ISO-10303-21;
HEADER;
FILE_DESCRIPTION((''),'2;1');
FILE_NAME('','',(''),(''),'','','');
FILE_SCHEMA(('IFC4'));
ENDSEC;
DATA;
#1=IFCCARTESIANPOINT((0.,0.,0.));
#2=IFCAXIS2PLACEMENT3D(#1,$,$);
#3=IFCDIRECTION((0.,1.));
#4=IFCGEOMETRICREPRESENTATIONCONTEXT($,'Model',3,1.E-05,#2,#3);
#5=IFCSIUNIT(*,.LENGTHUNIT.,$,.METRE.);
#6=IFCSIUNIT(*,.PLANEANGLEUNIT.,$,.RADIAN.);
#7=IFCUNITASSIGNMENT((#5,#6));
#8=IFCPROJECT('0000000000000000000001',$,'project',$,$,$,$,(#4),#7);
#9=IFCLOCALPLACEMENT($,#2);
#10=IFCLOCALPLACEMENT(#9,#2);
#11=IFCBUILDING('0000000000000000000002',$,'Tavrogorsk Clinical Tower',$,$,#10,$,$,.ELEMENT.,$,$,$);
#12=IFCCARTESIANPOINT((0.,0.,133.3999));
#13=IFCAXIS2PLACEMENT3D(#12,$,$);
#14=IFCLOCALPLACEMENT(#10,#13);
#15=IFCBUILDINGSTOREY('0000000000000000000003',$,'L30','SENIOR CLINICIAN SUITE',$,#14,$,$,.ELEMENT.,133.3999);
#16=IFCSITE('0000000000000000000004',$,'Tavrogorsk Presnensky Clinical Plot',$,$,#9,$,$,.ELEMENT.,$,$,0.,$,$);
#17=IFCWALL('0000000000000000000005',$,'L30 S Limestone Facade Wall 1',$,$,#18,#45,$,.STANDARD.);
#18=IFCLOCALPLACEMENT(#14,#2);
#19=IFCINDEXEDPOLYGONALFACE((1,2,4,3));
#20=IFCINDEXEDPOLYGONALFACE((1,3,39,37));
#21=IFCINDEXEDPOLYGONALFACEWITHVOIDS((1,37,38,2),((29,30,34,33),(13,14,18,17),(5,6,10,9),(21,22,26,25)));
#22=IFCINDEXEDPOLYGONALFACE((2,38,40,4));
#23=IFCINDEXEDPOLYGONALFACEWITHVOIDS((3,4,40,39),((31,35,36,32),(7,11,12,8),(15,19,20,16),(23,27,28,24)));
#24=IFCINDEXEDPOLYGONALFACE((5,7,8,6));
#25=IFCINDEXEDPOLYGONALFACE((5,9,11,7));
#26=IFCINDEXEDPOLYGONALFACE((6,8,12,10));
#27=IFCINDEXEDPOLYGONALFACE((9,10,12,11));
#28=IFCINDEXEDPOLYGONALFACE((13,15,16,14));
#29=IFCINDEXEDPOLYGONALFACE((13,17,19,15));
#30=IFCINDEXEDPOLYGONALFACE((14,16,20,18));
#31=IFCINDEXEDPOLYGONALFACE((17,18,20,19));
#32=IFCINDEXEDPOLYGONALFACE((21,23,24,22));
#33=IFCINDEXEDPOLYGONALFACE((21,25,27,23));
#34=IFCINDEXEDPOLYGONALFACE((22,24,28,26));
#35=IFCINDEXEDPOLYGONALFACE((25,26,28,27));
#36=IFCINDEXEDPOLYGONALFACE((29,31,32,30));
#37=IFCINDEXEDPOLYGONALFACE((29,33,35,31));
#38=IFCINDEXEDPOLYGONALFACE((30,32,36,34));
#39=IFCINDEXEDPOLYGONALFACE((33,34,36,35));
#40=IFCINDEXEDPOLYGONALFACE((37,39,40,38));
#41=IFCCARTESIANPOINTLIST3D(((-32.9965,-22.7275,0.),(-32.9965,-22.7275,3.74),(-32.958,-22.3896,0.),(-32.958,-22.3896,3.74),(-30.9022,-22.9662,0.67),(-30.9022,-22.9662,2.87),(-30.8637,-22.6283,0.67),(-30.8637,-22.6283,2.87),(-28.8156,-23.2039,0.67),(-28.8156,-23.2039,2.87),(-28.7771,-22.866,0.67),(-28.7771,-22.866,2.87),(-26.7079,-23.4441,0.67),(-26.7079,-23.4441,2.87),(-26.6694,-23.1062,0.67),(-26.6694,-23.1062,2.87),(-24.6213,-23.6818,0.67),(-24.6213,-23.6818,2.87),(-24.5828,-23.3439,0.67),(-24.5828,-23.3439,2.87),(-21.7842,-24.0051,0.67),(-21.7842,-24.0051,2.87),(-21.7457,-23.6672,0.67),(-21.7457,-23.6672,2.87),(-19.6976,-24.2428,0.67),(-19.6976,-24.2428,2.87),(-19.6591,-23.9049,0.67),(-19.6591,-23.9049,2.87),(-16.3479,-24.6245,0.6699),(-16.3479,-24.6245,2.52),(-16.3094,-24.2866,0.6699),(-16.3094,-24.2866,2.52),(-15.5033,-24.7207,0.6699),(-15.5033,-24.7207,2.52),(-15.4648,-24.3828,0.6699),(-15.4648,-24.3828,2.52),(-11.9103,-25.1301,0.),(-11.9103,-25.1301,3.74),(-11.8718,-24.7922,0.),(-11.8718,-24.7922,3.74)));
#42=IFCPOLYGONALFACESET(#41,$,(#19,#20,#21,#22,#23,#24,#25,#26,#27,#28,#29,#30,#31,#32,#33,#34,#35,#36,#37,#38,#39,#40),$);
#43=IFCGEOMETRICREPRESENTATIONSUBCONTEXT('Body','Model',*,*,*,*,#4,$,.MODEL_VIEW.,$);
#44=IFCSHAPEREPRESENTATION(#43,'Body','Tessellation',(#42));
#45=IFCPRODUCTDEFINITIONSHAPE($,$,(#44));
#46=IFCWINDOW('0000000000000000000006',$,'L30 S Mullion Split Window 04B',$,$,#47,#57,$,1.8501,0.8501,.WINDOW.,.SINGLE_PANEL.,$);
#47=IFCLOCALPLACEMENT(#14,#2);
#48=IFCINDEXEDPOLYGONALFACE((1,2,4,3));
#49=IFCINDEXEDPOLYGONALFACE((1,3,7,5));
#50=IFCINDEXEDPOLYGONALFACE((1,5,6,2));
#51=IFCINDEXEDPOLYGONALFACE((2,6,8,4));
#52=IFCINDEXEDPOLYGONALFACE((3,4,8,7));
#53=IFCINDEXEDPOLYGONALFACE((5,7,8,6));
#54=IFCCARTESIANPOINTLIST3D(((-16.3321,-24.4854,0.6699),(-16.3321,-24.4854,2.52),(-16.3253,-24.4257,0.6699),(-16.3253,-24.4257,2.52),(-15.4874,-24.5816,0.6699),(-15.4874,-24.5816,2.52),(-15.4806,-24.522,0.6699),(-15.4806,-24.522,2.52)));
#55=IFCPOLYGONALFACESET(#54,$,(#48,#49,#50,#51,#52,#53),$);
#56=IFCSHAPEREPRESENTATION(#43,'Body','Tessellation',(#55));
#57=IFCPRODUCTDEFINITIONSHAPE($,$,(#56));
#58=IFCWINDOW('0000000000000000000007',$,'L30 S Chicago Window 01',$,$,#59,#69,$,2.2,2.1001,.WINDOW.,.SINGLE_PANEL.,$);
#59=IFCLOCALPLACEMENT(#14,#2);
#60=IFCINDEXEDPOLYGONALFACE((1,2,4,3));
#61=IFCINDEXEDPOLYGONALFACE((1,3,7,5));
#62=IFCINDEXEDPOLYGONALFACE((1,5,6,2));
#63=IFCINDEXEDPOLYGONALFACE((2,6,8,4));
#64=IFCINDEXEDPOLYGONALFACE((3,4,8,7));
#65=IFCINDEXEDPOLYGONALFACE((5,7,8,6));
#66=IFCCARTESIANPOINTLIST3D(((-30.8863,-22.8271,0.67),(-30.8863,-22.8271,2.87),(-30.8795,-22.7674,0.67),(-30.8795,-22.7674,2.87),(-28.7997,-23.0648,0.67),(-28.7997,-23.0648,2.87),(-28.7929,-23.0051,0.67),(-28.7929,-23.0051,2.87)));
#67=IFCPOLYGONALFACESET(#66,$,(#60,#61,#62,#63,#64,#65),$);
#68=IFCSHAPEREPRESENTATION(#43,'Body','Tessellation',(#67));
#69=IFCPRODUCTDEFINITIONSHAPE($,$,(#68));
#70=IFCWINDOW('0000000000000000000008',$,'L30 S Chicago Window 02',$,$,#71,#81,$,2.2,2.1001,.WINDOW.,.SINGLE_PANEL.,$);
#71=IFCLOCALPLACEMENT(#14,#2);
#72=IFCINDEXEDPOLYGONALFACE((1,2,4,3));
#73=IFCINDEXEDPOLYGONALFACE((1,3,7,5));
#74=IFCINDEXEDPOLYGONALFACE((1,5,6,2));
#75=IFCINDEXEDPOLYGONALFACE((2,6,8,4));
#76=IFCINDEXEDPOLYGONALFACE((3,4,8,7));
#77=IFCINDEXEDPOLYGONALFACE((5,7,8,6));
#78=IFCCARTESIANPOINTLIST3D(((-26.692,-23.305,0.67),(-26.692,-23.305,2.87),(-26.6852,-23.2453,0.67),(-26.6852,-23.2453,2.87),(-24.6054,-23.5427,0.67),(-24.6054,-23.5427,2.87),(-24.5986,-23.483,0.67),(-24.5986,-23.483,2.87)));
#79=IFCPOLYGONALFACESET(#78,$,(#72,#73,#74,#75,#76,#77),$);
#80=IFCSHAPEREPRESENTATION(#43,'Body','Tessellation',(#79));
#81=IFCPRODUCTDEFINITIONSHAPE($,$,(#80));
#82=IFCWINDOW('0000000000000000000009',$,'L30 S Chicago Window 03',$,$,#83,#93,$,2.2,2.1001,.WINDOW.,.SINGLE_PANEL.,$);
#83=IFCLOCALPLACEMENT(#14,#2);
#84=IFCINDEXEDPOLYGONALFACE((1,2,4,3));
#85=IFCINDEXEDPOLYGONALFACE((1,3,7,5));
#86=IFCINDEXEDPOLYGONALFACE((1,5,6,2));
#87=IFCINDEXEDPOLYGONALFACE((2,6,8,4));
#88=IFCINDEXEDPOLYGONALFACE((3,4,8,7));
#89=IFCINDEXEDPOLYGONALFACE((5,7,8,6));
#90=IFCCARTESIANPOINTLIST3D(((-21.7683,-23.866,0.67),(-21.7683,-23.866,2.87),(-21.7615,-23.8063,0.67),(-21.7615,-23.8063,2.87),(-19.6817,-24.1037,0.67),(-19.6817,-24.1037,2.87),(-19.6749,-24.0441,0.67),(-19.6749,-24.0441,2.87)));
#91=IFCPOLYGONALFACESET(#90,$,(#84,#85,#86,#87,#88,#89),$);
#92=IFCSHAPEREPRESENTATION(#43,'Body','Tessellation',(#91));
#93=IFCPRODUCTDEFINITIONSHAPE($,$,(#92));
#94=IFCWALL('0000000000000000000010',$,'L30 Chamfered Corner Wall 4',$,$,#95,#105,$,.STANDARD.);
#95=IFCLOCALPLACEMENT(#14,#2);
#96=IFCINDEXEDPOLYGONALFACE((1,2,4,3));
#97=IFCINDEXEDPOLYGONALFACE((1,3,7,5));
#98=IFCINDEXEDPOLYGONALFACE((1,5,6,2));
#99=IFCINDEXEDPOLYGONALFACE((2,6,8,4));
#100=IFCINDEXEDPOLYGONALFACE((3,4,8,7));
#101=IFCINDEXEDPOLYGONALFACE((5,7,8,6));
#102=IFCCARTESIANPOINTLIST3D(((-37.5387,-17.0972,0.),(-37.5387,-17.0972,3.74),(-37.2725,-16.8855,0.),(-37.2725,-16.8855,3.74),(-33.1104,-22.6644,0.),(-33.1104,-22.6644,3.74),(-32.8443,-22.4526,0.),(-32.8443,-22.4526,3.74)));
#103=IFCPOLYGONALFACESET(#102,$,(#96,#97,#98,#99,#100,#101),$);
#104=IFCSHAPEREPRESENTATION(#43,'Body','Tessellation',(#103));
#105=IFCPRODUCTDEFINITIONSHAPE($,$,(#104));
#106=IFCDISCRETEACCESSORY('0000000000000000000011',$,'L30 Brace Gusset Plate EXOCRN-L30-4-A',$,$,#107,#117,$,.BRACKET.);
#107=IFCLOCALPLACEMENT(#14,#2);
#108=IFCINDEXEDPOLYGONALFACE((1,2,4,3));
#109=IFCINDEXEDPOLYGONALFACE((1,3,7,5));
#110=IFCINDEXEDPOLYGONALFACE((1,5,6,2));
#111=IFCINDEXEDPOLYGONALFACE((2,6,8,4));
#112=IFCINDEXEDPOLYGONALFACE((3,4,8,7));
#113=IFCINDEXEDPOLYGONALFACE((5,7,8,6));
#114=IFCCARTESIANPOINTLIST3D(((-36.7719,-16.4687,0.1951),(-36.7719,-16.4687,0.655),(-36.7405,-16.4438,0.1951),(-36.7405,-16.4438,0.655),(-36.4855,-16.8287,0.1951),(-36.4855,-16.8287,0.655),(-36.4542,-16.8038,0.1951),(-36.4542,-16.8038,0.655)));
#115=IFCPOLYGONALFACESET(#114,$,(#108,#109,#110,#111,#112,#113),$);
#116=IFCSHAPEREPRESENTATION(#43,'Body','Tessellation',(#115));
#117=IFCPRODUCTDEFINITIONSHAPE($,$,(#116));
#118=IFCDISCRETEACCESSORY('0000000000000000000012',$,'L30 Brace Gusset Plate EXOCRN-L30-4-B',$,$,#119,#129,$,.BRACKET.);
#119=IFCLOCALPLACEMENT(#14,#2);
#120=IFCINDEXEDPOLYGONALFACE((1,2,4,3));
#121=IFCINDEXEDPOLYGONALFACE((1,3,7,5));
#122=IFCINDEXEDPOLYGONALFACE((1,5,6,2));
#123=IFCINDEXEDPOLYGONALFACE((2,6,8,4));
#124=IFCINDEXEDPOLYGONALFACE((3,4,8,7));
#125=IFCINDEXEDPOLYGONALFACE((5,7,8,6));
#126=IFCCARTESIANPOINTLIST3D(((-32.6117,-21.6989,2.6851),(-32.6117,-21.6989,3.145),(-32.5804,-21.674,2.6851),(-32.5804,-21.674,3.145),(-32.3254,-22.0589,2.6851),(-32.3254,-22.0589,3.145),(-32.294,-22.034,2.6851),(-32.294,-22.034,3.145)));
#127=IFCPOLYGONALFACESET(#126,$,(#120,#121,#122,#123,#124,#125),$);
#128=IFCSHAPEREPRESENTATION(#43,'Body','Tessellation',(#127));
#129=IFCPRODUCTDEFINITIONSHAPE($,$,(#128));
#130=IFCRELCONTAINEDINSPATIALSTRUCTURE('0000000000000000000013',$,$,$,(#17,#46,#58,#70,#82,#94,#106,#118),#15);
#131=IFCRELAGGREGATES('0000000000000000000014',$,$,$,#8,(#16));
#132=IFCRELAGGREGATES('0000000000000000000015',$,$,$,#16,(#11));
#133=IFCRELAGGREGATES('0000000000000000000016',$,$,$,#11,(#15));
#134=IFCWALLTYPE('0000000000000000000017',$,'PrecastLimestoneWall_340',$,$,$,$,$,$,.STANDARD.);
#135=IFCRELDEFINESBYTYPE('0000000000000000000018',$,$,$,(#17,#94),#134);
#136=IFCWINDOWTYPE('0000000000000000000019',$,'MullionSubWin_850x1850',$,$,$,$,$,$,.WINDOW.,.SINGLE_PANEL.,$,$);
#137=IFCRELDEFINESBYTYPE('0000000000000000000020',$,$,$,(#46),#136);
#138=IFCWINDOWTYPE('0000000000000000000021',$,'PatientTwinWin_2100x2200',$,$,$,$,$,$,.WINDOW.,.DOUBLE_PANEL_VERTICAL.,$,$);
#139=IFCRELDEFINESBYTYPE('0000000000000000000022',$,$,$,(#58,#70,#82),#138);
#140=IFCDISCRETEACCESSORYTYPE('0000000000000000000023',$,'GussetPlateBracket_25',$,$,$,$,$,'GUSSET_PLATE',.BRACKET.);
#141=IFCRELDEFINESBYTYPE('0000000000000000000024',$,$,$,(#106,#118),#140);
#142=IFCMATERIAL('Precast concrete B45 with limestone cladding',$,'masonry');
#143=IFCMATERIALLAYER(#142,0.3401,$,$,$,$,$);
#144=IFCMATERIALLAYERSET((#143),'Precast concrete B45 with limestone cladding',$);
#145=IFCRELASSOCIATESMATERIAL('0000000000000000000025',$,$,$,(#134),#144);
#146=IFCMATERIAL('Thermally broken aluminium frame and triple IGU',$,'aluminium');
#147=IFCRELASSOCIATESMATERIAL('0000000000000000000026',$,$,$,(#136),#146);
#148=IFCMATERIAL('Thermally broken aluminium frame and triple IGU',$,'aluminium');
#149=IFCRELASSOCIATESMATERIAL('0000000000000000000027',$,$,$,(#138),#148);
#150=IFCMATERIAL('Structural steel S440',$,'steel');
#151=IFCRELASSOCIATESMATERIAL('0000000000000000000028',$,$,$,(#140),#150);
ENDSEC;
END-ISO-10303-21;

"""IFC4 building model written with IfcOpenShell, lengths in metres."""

from ifc_helpers import new_model, si_unit, direction, frame, frame_2d, origin, origin_2d, place, context, subcontext, project, spatial, rectangle, extrude, material, layer, layer_set, type_object, element, fill, save


model = new_model("IFC4")

# Units and contexts
model_context = context("Model", 3, precision=1e-05, world=origin(), true_north=direction((0.0, 1.0)))
body_context = subcontext(model_context, "Body", "Model", "MODEL_VIEW")
ifc_project = project(units=[si_unit("LENGTHUNIT", "METRE"), si_unit("PLANEANGLEUNIT", "RADIAN")], contexts=[model_context])

# Site, building, storey
site_placement = place(None, origin())
site = spatial("IfcSite", under=ifc_project, at=site_placement, Name="Tavrogorsk Presnensky Clinical Plot", CompositionType="ELEMENT", RefElevation=0.0)
building_placement = place(site_placement, origin())
building = spatial("IfcBuilding", under=site, at=building_placement, Name="Tavrogorsk Clinical Tower", CompositionType="ELEMENT")
storey_placement = place(building_placement, frame((0.0, 0.0, 133.3999)))
storey = spatial("IfcBuildingStorey", under=building, at=storey_placement, Name="L30", Description="SENIOR CLINICIAN SUITE", CompositionType="ELEMENT", Elevation=133.3999)

# Wall, openings, windows
ifc_material_1 = material(Name="Precast concrete B45 with limestone cladding", Category="masonry")
ifc_layer_1 = layer(ifc_material_1, 0.3401)
ifc_layer_set_1 = layer_set([ifc_layer_1], Name="Precast concrete B45 with limestone cladding")
wall_type_1 = type_object("IfcWallType", Name="PrecastLimestoneWall_340", PredefinedType="STANDARD", material=ifc_layer_set_1)
wall_1_placement = place(storey_placement, frame((-32.9773, -22.5586, 0.0), z_axis=(0.0, 0.0, 1.0), x_axis=(0.993571, -0.113209, 0.0)))
wall_1 = element("IfcWall", 1, at=wall_1_placement, inside=storey, type_object=wall_type_1, Name="L30 S Limestone Facade Wall 1", PredefinedType="STANDARD", context=body_context, shape_type="SweptSolid", body=[
    extrude(rectangle(XDim=21.2227, YDim=0.3401, at=frame_2d((10.6113, 0.0))), origin(), (0.0, 0.0, 1.0), 3.74),
])
opening_1_placement = place(wall_1_placement, frame((2.1079, 0.0, 0.6699)))
opening_1 = element("IfcOpeningElement", 2, at=opening_1_placement, cuts=wall_1, PredefinedType="OPENING", context=body_context, shape_type="SweptSolid", body=[
    extrude(rectangle(XDim=2.1001, YDim=2.2, at=frame_2d((1.05, 1.1001))), frame((0.0, 0.1799, 0.0), z_axis=(0.0, -1.0, 0.0), x_axis=(1.0, 0.0, 0.0)), (0.0, 0.0, 1.0), 0.3601),
])
opening_2_placement = place(wall_1_placement, frame((6.3293, 0.0, 0.6699)))
opening_2 = element("IfcOpeningElement", 3, at=opening_2_placement, cuts=wall_1, PredefinedType="OPENING", context=body_context, shape_type="SweptSolid", body=[
    extrude(rectangle(XDim=2.1001, YDim=2.2, at=frame_2d((1.05, 1.1001))), frame((0.0, 0.1799, 0.0), z_axis=(0.0, -1.0, 0.0), x_axis=(1.0, 0.0, 0.0)), (0.0, 0.0, 1.0), 0.3601),
])
opening_3_placement = place(wall_1_placement, frame((11.2849, 0.0, 0.6699)))
opening_3 = element("IfcOpeningElement", 4, at=opening_3_placement, cuts=wall_1, PredefinedType="OPENING", context=body_context, shape_type="SweptSolid", body=[
    extrude(rectangle(XDim=2.1001, YDim=2.2, at=frame_2d((1.05, 1.1001))), frame((0.0, 0.1799, 0.0), z_axis=(0.0, -1.0, 0.0), x_axis=(1.0, 0.0, 0.0)), (0.0, 0.0, 1.0), 0.3601),
])
opening_4_placement = place(wall_1_placement, frame((16.7563, 0.0, 0.6699)))
opening_4 = element("IfcOpeningElement", 5, at=opening_4_placement, cuts=wall_1, PredefinedType="OPENING", context=body_context, shape_type="SweptSolid", body=[
    extrude(rectangle(XDim=0.8501, YDim=1.8501, at=frame_2d((0.425, 0.925))), frame((0.0, 0.1799, 0.0), z_axis=(0.0, -1.0, 0.0), x_axis=(1.0, 0.0, 0.0)), (0.0, 0.0, 1.0), 0.3601),
])
ifc_material_2 = material(Name="Thermally broken aluminium frame and triple IGU", Category="aluminium")
window_type_1 = type_object("IfcWindowType", Name="MullionSubWin_850x1850", PartitioningType="SINGLE_PANEL", PredefinedType="WINDOW", material=ifc_material_2)
window_1_placement = place(opening_4_placement, origin())
window_1 = element("IfcWindow", 6, at=window_1_placement, inside=storey, type_object=window_type_1, Name="L30 S Mullion Split Window 04B", OverallHeight=1.8501, OverallWidth=0.8501, PartitioningType="SINGLE_PANEL", PredefinedType="WINDOW", context=body_context, shape_type="SweptSolid", body=[
    extrude(rectangle(XDim=0.8501, YDim=1.8501, at=frame_2d((0.425, 0.925))), frame((0.0, 0.03, 0.0), z_axis=(0.0, -1.0, 0.0), x_axis=(1.0, 0.0, 0.0)), (0.0, 0.0, 1.0), 0.0601),
])
fill(opening_4, window_1)
ifc_material_3 = material(Name="Thermally broken aluminium frame and triple IGU", Category="aluminium")
window_type_2 = type_object("IfcWindowType", Name="PatientTwinWin_2100x2200", PartitioningType="DOUBLE_PANEL_VERTICAL", PredefinedType="WINDOW", material=ifc_material_3)
window_2_placement = place(opening_1_placement, origin())
window_2 = element("IfcWindow", 7, at=window_2_placement, inside=storey, type_object=window_type_2, Name="L30 S Chicago Window 01", OverallHeight=2.2, OverallWidth=2.1001, PartitioningType="SINGLE_PANEL", PredefinedType="WINDOW", context=body_context, shape_type="SweptSolid", body=[
    extrude(rectangle(XDim=2.1001, YDim=2.2, at=frame_2d((1.05, 1.1001))), frame((0.0, 0.03, 0.0), z_axis=(0.0, -1.0, 0.0), x_axis=(1.0, 0.0, 0.0)), (0.0, 0.0, 1.0), 0.0601),
])
fill(opening_1, window_2)
window_3_placement = place(opening_2_placement, origin())
window_3 = element("IfcWindow", 8, at=window_3_placement, inside=storey, type_object=window_type_2, Name="L30 S Chicago Window 02", OverallHeight=2.2, OverallWidth=2.1001, PartitioningType="SINGLE_PANEL", PredefinedType="WINDOW", context=body_context, shape_type="SweptSolid", body=[
    extrude(rectangle(XDim=2.1001, YDim=2.2, at=frame_2d((1.05, 1.1001))), frame((0.0, 0.03, 0.0), z_axis=(0.0, -1.0, 0.0), x_axis=(1.0, 0.0, 0.0)), (0.0, 0.0, 1.0), 0.0601),
])
fill(opening_2, window_3)
window_4_placement = place(opening_3_placement, origin())
window_4 = element("IfcWindow", 9, at=window_4_placement, inside=storey, type_object=window_type_2, Name="L30 S Chicago Window 03", OverallHeight=2.2, OverallWidth=2.1001, PartitioningType="SINGLE_PANEL", PredefinedType="WINDOW", context=body_context, shape_type="SweptSolid", body=[
    extrude(rectangle(XDim=2.1001, YDim=2.2, at=frame_2d((1.05, 1.1001))), frame((0.0, 0.03, 0.0), z_axis=(0.0, -1.0, 0.0), x_axis=(1.0, 0.0, 0.0)), (0.0, 0.0, 1.0), 0.0601),
])
fill(opening_3, window_4)

# Wall
wall_2_placement = place(storey_placement, frame((-37.4055, -16.9915, 0.0), z_axis=(0.0, 0.0, 1.0), x_axis=(0.622508, -0.782614, 0.0)))
element("IfcWall", 10, at=wall_2_placement, inside=storey, type_object=wall_type_1, Name="L30 Chamfered Corner Wall 4", PredefinedType="STANDARD", context=body_context, shape_type="SweptSolid", body=[
    extrude(rectangle(XDim=7.1135, YDim=0.3401, at=frame_2d((3.5566, 0.0))), origin(), (0.0, 0.0, 1.0), 3.74),
])

# Discrete accessories
ifc_material_4 = material(Name="Structural steel S440", Category="steel")
discrete_accessory_type = type_object("IfcDiscreteAccessoryType", Name="GussetPlateBracket_25", ElementType="GUSSET_PLATE", PredefinedType="BRACKET", material=ifc_material_4)
for number, where, z_axis, x_axis, name in (
    (11, (-36.613, -16.6362, 0.1951), (0.0, 0.0, 1.0), (0.622515, -0.782608, 0.0), "L30 Brace Gusset Plate EXOCRN-L30-4-A"),
    (12, (-32.4529, -21.8665, 2.6851), (0.0, 0.0, 1.0), (0.622515, -0.782608, 0.0), "L30 Brace Gusset Plate EXOCRN-L30-4-B"),
):
    element("IfcDiscreteAccessory", number, at=place(storey_placement, frame(where, z_axis=z_axis, x_axis=x_axis)), inside=storey, type_object=discrete_accessory_type, Name=name, PredefinedType="BRACKET", context=body_context, shape_type="SweptSolid", body=[
        extrude(rectangle(XDim=0.46, YDim=0.04, at=origin_2d()), origin(), (0.0, 0.0, 1.0), 0.46),
    ])

save(model, "model.ifc")
